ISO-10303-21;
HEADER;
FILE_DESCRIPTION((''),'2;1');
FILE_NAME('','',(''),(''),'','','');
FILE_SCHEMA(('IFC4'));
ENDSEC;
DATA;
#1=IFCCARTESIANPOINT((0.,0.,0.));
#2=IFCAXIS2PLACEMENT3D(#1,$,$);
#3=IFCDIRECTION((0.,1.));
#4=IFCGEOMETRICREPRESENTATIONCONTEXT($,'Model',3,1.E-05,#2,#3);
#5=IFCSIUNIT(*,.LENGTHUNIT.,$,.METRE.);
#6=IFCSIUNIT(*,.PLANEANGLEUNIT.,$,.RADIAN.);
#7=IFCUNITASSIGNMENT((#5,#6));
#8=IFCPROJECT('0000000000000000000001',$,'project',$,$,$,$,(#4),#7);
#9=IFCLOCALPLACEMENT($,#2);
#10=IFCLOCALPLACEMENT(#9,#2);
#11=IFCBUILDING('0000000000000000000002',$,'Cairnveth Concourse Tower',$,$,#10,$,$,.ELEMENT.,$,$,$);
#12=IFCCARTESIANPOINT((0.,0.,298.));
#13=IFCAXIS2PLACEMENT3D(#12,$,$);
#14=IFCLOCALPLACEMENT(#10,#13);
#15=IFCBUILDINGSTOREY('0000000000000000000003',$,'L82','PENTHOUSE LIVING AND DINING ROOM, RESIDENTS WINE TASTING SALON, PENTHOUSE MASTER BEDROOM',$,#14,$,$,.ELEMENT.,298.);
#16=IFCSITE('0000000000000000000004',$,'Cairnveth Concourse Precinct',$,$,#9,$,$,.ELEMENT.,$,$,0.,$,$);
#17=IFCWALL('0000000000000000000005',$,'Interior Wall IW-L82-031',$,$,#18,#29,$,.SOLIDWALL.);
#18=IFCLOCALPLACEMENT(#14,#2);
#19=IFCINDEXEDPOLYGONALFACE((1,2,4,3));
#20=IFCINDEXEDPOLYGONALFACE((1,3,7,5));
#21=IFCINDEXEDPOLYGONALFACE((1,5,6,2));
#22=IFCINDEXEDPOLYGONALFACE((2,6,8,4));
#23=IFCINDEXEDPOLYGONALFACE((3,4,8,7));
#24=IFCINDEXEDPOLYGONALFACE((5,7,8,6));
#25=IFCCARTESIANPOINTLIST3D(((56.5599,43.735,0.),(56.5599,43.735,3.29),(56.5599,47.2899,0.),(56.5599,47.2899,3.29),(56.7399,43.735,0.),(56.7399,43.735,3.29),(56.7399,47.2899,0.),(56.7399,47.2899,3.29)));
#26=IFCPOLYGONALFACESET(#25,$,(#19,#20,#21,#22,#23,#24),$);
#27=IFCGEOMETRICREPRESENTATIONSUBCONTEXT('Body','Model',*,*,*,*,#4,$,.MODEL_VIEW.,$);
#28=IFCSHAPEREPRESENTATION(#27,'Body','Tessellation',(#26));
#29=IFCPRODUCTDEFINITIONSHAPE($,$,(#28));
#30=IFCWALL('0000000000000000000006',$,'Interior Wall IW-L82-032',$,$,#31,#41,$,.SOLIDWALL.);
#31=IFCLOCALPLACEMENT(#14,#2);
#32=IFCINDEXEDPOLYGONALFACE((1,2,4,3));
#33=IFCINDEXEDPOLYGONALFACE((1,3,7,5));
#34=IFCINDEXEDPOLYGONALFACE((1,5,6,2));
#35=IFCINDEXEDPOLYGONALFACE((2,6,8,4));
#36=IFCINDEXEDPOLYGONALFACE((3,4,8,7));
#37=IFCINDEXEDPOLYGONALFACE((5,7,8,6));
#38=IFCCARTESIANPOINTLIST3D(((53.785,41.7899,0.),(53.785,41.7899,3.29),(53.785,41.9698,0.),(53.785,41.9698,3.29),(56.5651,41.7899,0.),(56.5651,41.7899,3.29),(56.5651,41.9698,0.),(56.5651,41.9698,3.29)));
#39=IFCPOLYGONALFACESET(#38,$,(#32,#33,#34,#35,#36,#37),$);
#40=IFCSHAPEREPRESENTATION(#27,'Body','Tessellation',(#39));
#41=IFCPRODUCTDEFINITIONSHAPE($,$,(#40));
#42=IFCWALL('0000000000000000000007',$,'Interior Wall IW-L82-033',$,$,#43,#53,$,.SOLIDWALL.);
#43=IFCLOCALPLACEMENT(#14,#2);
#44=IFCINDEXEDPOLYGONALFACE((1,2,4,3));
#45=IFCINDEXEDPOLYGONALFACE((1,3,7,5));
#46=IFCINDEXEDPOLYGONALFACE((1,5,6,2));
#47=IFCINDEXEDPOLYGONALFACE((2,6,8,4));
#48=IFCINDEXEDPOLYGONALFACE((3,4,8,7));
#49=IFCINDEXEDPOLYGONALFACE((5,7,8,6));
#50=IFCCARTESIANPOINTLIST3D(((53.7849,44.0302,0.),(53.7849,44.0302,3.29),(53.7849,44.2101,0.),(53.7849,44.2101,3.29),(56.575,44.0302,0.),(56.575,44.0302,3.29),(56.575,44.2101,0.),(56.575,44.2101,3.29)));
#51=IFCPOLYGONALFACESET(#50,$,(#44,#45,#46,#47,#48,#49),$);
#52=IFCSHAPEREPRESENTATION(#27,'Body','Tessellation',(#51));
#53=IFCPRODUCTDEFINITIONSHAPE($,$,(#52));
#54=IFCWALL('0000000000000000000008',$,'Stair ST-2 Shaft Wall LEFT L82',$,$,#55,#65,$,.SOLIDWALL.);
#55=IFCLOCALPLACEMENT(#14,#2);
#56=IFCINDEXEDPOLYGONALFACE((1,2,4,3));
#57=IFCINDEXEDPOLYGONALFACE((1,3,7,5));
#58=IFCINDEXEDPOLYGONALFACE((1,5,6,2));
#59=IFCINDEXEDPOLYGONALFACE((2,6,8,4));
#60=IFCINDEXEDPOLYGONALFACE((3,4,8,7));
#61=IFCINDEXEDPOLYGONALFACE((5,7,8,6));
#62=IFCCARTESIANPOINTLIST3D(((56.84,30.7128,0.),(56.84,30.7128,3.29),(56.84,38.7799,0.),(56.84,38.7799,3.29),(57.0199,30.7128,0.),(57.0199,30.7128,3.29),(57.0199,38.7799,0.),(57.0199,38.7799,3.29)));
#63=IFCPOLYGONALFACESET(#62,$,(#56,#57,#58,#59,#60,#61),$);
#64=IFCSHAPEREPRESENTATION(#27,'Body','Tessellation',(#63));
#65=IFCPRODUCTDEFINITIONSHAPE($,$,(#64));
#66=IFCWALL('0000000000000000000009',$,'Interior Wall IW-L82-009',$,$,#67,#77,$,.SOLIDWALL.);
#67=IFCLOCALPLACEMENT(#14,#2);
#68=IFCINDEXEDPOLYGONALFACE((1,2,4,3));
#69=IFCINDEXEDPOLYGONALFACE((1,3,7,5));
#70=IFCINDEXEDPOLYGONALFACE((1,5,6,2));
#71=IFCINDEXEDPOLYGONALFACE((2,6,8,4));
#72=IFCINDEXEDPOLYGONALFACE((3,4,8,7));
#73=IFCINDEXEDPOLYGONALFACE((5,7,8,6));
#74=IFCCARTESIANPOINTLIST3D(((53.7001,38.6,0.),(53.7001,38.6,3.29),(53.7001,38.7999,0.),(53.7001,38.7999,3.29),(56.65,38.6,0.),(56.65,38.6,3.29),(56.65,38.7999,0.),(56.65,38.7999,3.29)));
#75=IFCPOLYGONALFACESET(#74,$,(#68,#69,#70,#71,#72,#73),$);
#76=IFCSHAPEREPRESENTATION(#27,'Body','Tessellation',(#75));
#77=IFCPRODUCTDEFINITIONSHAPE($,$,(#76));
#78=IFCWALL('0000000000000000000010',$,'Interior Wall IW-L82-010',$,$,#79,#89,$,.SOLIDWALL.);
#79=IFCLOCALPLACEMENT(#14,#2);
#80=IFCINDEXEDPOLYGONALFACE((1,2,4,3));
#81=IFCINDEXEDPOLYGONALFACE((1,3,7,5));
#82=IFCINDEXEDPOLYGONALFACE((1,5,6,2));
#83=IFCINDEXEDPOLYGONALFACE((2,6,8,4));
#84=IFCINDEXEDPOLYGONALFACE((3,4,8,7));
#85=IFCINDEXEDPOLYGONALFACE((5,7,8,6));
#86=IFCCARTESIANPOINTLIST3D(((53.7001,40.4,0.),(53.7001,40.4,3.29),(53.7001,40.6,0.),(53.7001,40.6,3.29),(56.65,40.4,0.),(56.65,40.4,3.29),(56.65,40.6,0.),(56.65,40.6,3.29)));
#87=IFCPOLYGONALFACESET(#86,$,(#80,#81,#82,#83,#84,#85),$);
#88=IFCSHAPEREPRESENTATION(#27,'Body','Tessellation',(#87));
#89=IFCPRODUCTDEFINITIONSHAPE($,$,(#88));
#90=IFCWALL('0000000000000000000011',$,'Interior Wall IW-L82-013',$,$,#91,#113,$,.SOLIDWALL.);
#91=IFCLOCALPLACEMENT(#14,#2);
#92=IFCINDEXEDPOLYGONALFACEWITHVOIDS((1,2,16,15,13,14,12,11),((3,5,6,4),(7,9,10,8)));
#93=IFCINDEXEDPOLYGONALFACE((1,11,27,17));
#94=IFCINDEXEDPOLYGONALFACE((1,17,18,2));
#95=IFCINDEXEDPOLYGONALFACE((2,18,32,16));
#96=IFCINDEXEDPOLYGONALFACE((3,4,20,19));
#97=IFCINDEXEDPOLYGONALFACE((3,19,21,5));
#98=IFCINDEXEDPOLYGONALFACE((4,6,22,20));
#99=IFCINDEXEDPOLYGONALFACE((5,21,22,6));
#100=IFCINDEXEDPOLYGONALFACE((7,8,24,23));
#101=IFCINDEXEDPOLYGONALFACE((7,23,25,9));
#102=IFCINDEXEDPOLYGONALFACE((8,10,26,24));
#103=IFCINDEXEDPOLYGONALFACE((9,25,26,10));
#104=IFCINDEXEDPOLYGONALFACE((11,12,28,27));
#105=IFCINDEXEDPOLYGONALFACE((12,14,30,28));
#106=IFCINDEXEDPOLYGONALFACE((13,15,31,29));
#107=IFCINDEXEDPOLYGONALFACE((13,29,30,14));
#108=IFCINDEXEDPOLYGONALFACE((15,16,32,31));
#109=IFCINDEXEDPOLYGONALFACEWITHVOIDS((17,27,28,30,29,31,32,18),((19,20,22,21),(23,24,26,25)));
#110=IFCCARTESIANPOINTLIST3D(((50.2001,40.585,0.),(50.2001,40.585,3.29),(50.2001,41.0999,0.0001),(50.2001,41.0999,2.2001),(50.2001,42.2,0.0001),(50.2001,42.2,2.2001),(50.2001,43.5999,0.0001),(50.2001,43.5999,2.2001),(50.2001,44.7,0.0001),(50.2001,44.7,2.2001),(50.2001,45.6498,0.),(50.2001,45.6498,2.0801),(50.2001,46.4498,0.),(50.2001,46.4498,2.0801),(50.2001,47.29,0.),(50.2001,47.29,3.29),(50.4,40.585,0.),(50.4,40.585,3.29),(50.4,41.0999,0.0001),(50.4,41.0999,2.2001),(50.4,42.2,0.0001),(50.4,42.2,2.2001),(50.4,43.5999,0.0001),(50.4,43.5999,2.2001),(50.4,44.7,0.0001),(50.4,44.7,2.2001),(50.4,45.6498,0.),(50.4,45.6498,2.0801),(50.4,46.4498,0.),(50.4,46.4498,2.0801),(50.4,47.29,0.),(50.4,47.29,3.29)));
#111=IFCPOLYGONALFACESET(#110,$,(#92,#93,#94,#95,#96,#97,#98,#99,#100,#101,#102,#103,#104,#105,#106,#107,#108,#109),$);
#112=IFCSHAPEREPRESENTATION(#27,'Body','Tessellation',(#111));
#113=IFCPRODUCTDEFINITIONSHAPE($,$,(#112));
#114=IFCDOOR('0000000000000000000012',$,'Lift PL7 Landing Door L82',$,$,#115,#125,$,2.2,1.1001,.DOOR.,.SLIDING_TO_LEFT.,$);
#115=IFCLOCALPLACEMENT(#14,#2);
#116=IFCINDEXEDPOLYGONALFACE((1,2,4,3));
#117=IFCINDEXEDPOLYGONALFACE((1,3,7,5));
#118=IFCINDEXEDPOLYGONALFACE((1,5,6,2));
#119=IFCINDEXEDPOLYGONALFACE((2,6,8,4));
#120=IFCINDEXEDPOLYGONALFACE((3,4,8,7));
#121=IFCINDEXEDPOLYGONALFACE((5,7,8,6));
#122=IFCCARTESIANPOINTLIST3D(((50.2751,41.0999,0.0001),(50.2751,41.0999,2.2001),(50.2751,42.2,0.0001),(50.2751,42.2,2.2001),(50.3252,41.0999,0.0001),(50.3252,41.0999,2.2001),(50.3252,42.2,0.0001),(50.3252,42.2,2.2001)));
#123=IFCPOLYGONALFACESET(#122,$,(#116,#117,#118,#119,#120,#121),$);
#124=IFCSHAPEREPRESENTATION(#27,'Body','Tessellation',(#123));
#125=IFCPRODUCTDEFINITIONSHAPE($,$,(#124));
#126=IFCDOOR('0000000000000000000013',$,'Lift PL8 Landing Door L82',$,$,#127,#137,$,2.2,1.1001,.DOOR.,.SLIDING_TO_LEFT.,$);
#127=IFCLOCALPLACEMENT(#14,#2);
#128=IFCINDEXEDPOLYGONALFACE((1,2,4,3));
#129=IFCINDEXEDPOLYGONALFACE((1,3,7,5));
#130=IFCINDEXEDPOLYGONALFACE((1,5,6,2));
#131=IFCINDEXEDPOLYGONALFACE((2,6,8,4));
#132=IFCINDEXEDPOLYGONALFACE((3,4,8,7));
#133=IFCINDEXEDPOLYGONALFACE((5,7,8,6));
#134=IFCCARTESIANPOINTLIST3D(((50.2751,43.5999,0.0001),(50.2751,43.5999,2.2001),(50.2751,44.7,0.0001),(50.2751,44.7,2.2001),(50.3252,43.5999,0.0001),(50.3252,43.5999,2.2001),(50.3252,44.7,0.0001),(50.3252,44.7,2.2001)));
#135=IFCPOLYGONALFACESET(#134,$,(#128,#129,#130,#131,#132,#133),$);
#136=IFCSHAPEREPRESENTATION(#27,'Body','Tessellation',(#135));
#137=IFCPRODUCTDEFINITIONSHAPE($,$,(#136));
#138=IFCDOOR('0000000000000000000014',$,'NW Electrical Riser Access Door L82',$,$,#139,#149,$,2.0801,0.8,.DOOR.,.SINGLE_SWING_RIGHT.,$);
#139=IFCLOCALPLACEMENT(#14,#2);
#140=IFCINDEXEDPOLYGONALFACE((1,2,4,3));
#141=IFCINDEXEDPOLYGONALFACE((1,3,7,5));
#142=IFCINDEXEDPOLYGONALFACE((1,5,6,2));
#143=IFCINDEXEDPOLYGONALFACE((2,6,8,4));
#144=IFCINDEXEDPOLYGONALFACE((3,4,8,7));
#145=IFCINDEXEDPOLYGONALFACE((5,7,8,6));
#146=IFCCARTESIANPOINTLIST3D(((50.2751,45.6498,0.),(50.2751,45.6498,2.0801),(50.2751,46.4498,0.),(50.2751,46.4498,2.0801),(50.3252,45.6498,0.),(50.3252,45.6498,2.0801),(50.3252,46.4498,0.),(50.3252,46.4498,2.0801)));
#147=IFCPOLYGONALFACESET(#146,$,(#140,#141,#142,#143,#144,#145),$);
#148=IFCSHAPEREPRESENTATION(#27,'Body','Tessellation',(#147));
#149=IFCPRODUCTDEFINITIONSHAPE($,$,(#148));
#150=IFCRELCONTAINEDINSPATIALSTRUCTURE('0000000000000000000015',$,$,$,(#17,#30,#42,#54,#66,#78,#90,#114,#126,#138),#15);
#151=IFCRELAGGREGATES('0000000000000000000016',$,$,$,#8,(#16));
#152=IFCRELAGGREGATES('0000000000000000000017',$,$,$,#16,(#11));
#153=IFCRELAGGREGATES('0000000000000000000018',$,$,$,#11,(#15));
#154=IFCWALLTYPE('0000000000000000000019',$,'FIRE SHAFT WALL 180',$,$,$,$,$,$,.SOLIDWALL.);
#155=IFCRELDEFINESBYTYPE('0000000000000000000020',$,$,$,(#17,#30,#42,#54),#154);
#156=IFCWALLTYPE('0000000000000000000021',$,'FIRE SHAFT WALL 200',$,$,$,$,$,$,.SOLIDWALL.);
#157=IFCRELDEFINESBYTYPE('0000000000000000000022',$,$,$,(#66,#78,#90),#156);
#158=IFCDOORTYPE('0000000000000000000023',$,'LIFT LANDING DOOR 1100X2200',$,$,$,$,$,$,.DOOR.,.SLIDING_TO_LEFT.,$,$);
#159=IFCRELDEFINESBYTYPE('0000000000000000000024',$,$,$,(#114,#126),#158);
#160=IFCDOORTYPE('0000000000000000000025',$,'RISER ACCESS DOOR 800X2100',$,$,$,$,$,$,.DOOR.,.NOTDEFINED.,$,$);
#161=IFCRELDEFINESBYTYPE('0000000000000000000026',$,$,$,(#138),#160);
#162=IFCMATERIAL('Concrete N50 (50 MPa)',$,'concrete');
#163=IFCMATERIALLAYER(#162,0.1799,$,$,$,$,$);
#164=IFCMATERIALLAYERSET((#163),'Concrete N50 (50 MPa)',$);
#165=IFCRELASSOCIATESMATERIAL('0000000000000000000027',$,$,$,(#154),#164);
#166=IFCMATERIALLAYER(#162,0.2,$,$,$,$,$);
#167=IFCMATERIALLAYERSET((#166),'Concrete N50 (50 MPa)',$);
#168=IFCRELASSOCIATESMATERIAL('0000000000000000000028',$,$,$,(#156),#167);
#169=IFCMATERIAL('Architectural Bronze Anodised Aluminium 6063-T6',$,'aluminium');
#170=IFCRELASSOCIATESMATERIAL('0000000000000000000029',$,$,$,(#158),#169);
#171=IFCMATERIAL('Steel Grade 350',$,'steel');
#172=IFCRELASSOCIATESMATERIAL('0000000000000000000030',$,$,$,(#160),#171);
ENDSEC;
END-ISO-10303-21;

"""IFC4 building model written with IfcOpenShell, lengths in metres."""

from ifc_helpers import new_model, si_unit, direction, frame, frame_2d, origin, place, context, subcontext, project, spatial, rectangle, extrude, material, layer, layer_set, type_object, element, fill, save


model = new_model("IFC4")

# Units and contexts
model_context = context("Model", 3, precision=1e-05, world=origin(), true_north=direction((0.0, 1.0)))
body_context = subcontext(model_context, "Body", "Model", "MODEL_VIEW")
ifc_project = project(units=[si_unit("LENGTHUNIT", "METRE"), si_unit("PLANEANGLEUNIT", "RADIAN")], contexts=[model_context])

# Site, building, storey
site_placement = place(None, origin())
site = spatial("IfcSite", under=ifc_project, at=site_placement, Name="Cairnveth Concourse Precinct", CompositionType="ELEMENT", RefElevation=0.0)
building_placement = place(site_placement, origin())
building = spatial("IfcBuilding", under=site, at=building_placement, Name="Cairnveth Concourse Tower", CompositionType="ELEMENT")
storey_placement = place(building_placement, frame((0.0, 0.0, 298.0)))
storey = spatial("IfcBuildingStorey", under=building, at=storey_placement, Name="L82", Description="PENTHOUSE LIVING AND DINING ROOM, RESIDENTS WINE TASTING SALON, PENTHOUSE MASTER BEDROOM", CompositionType="ELEMENT", Elevation=298.0)

# Walls
ifc_material_1 = material(Name="Concrete N50 (50 MPa)", Category="concrete")
ifc_layer_1 = layer(ifc_material_1, 0.1799)
ifc_layer_set_1 = layer_set([ifc_layer_1], Name="Concrete N50 (50 MPa)")
wall_type_1 = type_object("IfcWallType", Name="FIRE SHAFT WALL 180", PredefinedType="SOLIDWALL", material=ifc_layer_set_1)
wall_1_placement = place(storey_placement, frame((56.6499, 43.7351, 0.0), z_axis=(0.0, 0.0, 1.0), x_axis=(0.0, 1.0, 0.0)))
element("IfcWall", 1, at=wall_1_placement, inside=storey, type_object=wall_type_1, Name="Interior Wall IW-L82-031", PredefinedType="SOLIDWALL", context=body_context, shape_type="SweptSolid", body=[
    extrude(rectangle(XDim=3.5549, YDim=0.1799, at=frame_2d((1.7773, 0.0))), origin(), (0.0, 0.0, 1.0), 3.29),
])
wall_2_placement = place(storey_placement, frame((53.7849, 41.8799, 0.0), z_axis=(0.0, 0.0, 1.0), x_axis=(1.0, 0.0, 0.0)))
element("IfcWall", 2, at=wall_2_placement, inside=storey, type_object=wall_type_1, Name="Interior Wall IW-L82-032", PredefinedType="SOLIDWALL", context=body_context, shape_type="SweptSolid", body=[
    extrude(rectangle(XDim=2.78, YDim=0.1799, at=frame_2d((1.3901, 0.0))), origin(), (0.0, 0.0, 1.0), 3.29),
])
wall_3_placement = place(storey_placement, frame((53.7849, 44.1201, 0.0), z_axis=(0.0, 0.0, 1.0), x_axis=(1.0, 0.0, 0.0)))
element("IfcWall", 3, at=wall_3_placement, inside=storey, type_object=wall_type_1, Name="Interior Wall IW-L82-033", PredefinedType="SOLIDWALL", context=body_context, shape_type="SweptSolid", body=[
    extrude(rectangle(XDim=2.79, YDim=0.1799, at=frame_2d((1.395, 0.0))), origin(), (0.0, 0.0, 1.0), 3.29),
])

# Shared definitions
ifc_material_2 = material(Name="Steel Grade 350", Category="steel")

# Walls
wall_4_placement = place(storey_placement, frame((56.9299, 38.78, 0.0), z_axis=(0.0, 0.0, 1.0), x_axis=(0.0, -1.0, 0.0)))
element("IfcWall", 4, at=wall_4_placement, inside=storey, type_object=wall_type_1, Name="Stair ST-2 Shaft Wall LEFT L82", PredefinedType="SOLIDWALL", context=body_context, shape_type="SweptSolid", body=[
    extrude(rectangle(XDim=8.0671, YDim=0.1799, at=frame_2d((4.0337, 0.0))), origin(), (0.0, 0.0, 1.0), 3.29),
])
ifc_layer_2 = layer(ifc_material_1, 0.2)
ifc_layer_set_2 = layer_set([ifc_layer_2], Name="Concrete N50 (50 MPa)")
wall_type_2 = type_object("IfcWallType", Name="FIRE SHAFT WALL 200", PredefinedType="SOLIDWALL", material=ifc_layer_set_2)
for number, where, z_axis, x_axis, name in (
    (5, (53.7, 38.7, 0.0), (0.0, 0.0, 1.0), (1.0, 0.0, 0.0), "Interior Wall IW-L82-009"),
    (6, (53.7, 40.5, 0.0), (0.0, 0.0, 1.0), (1.0, 0.0, 0.0), "Interior Wall IW-L82-010"),
):
    element("IfcWall", number, at=place(storey_placement, frame(where, z_axis=z_axis, x_axis=x_axis)), inside=storey, type_object=wall_type_2, Name=name, PredefinedType="SOLIDWALL", context=body_context, shape_type="SweptSolid", body=[
        extrude(rectangle(XDim=2.95, YDim=0.2, at=frame_2d((1.4751, 0.0))), origin(), (0.0, 0.0, 1.0), 3.29),
    ])

# Wall, openings, doors
wall_5_placement = place(storey_placement, frame((50.3, 40.585, 0.0), z_axis=(0.0, 0.0, 1.0), x_axis=(0.0, 1.0, 0.0)))
wall_5 = element("IfcWall", 7, at=wall_5_placement, inside=storey, type_object=wall_type_2, Name="Interior Wall IW-L82-013", PredefinedType="SOLIDWALL", context=body_context, shape_type="SweptSolid", body=[
    extrude(rectangle(XDim=6.7051, YDim=0.2, at=frame_2d((3.3525, 0.0))), origin(), (0.0, 0.0, 1.0), 3.29),
])
opening_1_placement = place(wall_5_placement, frame((0.5149, 0.0, 0.0)))
opening_1 = element("IfcOpeningElement", 8, at=opening_1_placement, cuts=wall_5, PredefinedType="OPENING", context=body_context, shape_type="SweptSolid", body=[
    extrude(rectangle(XDim=1.1001, YDim=2.2, at=frame_2d((0.55, 1.1001))), frame((0.0, 0.1099, 0.0), z_axis=(0.0, -1.0, 0.0), x_axis=(1.0, 0.0, 0.0)), (0.0, 0.0, 1.0), 0.22),
])
opening_2_placement = place(wall_5_placement, frame((3.0149, 0.0, 0.0)))
opening_2 = element("IfcOpeningElement", 9, at=opening_2_placement, cuts=wall_5, PredefinedType="OPENING", context=body_context, shape_type="SweptSolid", body=[
    extrude(rectangle(XDim=1.1001, YDim=2.2, at=frame_2d((0.55, 1.1001))), frame((0.0, 0.1099, 0.0), z_axis=(0.0, -1.0, 0.0), x_axis=(1.0, 0.0, 0.0)), (0.0, 0.0, 1.0), 0.22),
])
opening_3_placement = place(wall_5_placement, frame((5.0649, 0.0, 0.0)))
opening_3 = element("IfcOpeningElement", 10, at=opening_3_placement, cuts=wall_5, PredefinedType="OPENING", context=body_context, shape_type="SweptSolid", body=[
    extrude(rectangle(XDim=0.8, YDim=2.0801, at=frame_2d((0.3999, 1.04))), frame((0.0, 0.1099, 0.0), z_axis=(0.0, -1.0, 0.0), x_axis=(1.0, 0.0, 0.0)), (0.0, 0.0, 1.0), 0.22),
])
ifc_material_3 = material(Name="Architectural Bronze Anodised Aluminium 6063-T6", Category="aluminium")
door_type_1 = type_object("IfcDoorType", Name="LIFT LANDING DOOR 1100X2200", OperationType="SLIDING_TO_LEFT", PredefinedType="DOOR", material=ifc_material_3)
door_1_placement = place(opening_1_placement, origin())
door_1 = element("IfcDoor", 11, at=door_1_placement, inside=storey, type_object=door_type_1, Name="Lift PL7 Landing Door L82", OperationType="SLIDING_TO_LEFT", OverallHeight=2.2, OverallWidth=1.1001, PredefinedType="DOOR", context=body_context, shape_type="SweptSolid", body=[
    extrude(rectangle(XDim=1.1001, YDim=2.2, at=frame_2d((0.55, 1.1001))), frame((0.0, 0.0249, 0.0), z_axis=(0.0, -1.0, 0.0), x_axis=(1.0, 0.0, 0.0)), (0.0, 0.0, 1.0), 0.05),
])
fill(opening_1, door_1)
door_2_placement = place(opening_2_placement, origin())
door_2 = element("IfcDoor", 12, at=door_2_placement, inside=storey, type_object=door_type_1, Name="Lift PL8 Landing Door L82", OperationType="SLIDING_TO_LEFT", OverallHeight=2.2, OverallWidth=1.1001, PredefinedType="DOOR", context=body_context, shape_type="SweptSolid", body=[
    extrude(rectangle(XDim=1.1001, YDim=2.2, at=frame_2d((0.55, 1.1001))), frame((0.0, 0.0249, 0.0), z_axis=(0.0, -1.0, 0.0), x_axis=(1.0, 0.0, 0.0)), (0.0, 0.0, 1.0), 0.05),
])
fill(opening_2, door_2)
door_type_2 = type_object("IfcDoorType", Name="RISER ACCESS DOOR 800X2100", OperationType="NOTDEFINED", PredefinedType="DOOR", material=ifc_material_2)
door_3_placement = place(opening_3_placement, origin())
door_3 = element("IfcDoor", 13, at=door_3_placement, inside=storey, type_object=door_type_2, Name="NW Electrical Riser Access Door L82", OperationType="SINGLE_SWING_RIGHT", OverallHeight=2.0801, OverallWidth=0.8, PredefinedType="DOOR", context=body_context, shape_type="SweptSolid", body=[
    extrude(rectangle(XDim=0.8, YDim=2.0801, at=frame_2d((0.3999, 1.04))), frame((0.0, 0.0249, 0.0), z_axis=(0.0, -1.0, 0.0), x_axis=(1.0, 0.0, 0.0)), (0.0, 0.0, 1.0), 0.05),
])
fill(opening_3, door_3)

save(model, "model.ifc")
